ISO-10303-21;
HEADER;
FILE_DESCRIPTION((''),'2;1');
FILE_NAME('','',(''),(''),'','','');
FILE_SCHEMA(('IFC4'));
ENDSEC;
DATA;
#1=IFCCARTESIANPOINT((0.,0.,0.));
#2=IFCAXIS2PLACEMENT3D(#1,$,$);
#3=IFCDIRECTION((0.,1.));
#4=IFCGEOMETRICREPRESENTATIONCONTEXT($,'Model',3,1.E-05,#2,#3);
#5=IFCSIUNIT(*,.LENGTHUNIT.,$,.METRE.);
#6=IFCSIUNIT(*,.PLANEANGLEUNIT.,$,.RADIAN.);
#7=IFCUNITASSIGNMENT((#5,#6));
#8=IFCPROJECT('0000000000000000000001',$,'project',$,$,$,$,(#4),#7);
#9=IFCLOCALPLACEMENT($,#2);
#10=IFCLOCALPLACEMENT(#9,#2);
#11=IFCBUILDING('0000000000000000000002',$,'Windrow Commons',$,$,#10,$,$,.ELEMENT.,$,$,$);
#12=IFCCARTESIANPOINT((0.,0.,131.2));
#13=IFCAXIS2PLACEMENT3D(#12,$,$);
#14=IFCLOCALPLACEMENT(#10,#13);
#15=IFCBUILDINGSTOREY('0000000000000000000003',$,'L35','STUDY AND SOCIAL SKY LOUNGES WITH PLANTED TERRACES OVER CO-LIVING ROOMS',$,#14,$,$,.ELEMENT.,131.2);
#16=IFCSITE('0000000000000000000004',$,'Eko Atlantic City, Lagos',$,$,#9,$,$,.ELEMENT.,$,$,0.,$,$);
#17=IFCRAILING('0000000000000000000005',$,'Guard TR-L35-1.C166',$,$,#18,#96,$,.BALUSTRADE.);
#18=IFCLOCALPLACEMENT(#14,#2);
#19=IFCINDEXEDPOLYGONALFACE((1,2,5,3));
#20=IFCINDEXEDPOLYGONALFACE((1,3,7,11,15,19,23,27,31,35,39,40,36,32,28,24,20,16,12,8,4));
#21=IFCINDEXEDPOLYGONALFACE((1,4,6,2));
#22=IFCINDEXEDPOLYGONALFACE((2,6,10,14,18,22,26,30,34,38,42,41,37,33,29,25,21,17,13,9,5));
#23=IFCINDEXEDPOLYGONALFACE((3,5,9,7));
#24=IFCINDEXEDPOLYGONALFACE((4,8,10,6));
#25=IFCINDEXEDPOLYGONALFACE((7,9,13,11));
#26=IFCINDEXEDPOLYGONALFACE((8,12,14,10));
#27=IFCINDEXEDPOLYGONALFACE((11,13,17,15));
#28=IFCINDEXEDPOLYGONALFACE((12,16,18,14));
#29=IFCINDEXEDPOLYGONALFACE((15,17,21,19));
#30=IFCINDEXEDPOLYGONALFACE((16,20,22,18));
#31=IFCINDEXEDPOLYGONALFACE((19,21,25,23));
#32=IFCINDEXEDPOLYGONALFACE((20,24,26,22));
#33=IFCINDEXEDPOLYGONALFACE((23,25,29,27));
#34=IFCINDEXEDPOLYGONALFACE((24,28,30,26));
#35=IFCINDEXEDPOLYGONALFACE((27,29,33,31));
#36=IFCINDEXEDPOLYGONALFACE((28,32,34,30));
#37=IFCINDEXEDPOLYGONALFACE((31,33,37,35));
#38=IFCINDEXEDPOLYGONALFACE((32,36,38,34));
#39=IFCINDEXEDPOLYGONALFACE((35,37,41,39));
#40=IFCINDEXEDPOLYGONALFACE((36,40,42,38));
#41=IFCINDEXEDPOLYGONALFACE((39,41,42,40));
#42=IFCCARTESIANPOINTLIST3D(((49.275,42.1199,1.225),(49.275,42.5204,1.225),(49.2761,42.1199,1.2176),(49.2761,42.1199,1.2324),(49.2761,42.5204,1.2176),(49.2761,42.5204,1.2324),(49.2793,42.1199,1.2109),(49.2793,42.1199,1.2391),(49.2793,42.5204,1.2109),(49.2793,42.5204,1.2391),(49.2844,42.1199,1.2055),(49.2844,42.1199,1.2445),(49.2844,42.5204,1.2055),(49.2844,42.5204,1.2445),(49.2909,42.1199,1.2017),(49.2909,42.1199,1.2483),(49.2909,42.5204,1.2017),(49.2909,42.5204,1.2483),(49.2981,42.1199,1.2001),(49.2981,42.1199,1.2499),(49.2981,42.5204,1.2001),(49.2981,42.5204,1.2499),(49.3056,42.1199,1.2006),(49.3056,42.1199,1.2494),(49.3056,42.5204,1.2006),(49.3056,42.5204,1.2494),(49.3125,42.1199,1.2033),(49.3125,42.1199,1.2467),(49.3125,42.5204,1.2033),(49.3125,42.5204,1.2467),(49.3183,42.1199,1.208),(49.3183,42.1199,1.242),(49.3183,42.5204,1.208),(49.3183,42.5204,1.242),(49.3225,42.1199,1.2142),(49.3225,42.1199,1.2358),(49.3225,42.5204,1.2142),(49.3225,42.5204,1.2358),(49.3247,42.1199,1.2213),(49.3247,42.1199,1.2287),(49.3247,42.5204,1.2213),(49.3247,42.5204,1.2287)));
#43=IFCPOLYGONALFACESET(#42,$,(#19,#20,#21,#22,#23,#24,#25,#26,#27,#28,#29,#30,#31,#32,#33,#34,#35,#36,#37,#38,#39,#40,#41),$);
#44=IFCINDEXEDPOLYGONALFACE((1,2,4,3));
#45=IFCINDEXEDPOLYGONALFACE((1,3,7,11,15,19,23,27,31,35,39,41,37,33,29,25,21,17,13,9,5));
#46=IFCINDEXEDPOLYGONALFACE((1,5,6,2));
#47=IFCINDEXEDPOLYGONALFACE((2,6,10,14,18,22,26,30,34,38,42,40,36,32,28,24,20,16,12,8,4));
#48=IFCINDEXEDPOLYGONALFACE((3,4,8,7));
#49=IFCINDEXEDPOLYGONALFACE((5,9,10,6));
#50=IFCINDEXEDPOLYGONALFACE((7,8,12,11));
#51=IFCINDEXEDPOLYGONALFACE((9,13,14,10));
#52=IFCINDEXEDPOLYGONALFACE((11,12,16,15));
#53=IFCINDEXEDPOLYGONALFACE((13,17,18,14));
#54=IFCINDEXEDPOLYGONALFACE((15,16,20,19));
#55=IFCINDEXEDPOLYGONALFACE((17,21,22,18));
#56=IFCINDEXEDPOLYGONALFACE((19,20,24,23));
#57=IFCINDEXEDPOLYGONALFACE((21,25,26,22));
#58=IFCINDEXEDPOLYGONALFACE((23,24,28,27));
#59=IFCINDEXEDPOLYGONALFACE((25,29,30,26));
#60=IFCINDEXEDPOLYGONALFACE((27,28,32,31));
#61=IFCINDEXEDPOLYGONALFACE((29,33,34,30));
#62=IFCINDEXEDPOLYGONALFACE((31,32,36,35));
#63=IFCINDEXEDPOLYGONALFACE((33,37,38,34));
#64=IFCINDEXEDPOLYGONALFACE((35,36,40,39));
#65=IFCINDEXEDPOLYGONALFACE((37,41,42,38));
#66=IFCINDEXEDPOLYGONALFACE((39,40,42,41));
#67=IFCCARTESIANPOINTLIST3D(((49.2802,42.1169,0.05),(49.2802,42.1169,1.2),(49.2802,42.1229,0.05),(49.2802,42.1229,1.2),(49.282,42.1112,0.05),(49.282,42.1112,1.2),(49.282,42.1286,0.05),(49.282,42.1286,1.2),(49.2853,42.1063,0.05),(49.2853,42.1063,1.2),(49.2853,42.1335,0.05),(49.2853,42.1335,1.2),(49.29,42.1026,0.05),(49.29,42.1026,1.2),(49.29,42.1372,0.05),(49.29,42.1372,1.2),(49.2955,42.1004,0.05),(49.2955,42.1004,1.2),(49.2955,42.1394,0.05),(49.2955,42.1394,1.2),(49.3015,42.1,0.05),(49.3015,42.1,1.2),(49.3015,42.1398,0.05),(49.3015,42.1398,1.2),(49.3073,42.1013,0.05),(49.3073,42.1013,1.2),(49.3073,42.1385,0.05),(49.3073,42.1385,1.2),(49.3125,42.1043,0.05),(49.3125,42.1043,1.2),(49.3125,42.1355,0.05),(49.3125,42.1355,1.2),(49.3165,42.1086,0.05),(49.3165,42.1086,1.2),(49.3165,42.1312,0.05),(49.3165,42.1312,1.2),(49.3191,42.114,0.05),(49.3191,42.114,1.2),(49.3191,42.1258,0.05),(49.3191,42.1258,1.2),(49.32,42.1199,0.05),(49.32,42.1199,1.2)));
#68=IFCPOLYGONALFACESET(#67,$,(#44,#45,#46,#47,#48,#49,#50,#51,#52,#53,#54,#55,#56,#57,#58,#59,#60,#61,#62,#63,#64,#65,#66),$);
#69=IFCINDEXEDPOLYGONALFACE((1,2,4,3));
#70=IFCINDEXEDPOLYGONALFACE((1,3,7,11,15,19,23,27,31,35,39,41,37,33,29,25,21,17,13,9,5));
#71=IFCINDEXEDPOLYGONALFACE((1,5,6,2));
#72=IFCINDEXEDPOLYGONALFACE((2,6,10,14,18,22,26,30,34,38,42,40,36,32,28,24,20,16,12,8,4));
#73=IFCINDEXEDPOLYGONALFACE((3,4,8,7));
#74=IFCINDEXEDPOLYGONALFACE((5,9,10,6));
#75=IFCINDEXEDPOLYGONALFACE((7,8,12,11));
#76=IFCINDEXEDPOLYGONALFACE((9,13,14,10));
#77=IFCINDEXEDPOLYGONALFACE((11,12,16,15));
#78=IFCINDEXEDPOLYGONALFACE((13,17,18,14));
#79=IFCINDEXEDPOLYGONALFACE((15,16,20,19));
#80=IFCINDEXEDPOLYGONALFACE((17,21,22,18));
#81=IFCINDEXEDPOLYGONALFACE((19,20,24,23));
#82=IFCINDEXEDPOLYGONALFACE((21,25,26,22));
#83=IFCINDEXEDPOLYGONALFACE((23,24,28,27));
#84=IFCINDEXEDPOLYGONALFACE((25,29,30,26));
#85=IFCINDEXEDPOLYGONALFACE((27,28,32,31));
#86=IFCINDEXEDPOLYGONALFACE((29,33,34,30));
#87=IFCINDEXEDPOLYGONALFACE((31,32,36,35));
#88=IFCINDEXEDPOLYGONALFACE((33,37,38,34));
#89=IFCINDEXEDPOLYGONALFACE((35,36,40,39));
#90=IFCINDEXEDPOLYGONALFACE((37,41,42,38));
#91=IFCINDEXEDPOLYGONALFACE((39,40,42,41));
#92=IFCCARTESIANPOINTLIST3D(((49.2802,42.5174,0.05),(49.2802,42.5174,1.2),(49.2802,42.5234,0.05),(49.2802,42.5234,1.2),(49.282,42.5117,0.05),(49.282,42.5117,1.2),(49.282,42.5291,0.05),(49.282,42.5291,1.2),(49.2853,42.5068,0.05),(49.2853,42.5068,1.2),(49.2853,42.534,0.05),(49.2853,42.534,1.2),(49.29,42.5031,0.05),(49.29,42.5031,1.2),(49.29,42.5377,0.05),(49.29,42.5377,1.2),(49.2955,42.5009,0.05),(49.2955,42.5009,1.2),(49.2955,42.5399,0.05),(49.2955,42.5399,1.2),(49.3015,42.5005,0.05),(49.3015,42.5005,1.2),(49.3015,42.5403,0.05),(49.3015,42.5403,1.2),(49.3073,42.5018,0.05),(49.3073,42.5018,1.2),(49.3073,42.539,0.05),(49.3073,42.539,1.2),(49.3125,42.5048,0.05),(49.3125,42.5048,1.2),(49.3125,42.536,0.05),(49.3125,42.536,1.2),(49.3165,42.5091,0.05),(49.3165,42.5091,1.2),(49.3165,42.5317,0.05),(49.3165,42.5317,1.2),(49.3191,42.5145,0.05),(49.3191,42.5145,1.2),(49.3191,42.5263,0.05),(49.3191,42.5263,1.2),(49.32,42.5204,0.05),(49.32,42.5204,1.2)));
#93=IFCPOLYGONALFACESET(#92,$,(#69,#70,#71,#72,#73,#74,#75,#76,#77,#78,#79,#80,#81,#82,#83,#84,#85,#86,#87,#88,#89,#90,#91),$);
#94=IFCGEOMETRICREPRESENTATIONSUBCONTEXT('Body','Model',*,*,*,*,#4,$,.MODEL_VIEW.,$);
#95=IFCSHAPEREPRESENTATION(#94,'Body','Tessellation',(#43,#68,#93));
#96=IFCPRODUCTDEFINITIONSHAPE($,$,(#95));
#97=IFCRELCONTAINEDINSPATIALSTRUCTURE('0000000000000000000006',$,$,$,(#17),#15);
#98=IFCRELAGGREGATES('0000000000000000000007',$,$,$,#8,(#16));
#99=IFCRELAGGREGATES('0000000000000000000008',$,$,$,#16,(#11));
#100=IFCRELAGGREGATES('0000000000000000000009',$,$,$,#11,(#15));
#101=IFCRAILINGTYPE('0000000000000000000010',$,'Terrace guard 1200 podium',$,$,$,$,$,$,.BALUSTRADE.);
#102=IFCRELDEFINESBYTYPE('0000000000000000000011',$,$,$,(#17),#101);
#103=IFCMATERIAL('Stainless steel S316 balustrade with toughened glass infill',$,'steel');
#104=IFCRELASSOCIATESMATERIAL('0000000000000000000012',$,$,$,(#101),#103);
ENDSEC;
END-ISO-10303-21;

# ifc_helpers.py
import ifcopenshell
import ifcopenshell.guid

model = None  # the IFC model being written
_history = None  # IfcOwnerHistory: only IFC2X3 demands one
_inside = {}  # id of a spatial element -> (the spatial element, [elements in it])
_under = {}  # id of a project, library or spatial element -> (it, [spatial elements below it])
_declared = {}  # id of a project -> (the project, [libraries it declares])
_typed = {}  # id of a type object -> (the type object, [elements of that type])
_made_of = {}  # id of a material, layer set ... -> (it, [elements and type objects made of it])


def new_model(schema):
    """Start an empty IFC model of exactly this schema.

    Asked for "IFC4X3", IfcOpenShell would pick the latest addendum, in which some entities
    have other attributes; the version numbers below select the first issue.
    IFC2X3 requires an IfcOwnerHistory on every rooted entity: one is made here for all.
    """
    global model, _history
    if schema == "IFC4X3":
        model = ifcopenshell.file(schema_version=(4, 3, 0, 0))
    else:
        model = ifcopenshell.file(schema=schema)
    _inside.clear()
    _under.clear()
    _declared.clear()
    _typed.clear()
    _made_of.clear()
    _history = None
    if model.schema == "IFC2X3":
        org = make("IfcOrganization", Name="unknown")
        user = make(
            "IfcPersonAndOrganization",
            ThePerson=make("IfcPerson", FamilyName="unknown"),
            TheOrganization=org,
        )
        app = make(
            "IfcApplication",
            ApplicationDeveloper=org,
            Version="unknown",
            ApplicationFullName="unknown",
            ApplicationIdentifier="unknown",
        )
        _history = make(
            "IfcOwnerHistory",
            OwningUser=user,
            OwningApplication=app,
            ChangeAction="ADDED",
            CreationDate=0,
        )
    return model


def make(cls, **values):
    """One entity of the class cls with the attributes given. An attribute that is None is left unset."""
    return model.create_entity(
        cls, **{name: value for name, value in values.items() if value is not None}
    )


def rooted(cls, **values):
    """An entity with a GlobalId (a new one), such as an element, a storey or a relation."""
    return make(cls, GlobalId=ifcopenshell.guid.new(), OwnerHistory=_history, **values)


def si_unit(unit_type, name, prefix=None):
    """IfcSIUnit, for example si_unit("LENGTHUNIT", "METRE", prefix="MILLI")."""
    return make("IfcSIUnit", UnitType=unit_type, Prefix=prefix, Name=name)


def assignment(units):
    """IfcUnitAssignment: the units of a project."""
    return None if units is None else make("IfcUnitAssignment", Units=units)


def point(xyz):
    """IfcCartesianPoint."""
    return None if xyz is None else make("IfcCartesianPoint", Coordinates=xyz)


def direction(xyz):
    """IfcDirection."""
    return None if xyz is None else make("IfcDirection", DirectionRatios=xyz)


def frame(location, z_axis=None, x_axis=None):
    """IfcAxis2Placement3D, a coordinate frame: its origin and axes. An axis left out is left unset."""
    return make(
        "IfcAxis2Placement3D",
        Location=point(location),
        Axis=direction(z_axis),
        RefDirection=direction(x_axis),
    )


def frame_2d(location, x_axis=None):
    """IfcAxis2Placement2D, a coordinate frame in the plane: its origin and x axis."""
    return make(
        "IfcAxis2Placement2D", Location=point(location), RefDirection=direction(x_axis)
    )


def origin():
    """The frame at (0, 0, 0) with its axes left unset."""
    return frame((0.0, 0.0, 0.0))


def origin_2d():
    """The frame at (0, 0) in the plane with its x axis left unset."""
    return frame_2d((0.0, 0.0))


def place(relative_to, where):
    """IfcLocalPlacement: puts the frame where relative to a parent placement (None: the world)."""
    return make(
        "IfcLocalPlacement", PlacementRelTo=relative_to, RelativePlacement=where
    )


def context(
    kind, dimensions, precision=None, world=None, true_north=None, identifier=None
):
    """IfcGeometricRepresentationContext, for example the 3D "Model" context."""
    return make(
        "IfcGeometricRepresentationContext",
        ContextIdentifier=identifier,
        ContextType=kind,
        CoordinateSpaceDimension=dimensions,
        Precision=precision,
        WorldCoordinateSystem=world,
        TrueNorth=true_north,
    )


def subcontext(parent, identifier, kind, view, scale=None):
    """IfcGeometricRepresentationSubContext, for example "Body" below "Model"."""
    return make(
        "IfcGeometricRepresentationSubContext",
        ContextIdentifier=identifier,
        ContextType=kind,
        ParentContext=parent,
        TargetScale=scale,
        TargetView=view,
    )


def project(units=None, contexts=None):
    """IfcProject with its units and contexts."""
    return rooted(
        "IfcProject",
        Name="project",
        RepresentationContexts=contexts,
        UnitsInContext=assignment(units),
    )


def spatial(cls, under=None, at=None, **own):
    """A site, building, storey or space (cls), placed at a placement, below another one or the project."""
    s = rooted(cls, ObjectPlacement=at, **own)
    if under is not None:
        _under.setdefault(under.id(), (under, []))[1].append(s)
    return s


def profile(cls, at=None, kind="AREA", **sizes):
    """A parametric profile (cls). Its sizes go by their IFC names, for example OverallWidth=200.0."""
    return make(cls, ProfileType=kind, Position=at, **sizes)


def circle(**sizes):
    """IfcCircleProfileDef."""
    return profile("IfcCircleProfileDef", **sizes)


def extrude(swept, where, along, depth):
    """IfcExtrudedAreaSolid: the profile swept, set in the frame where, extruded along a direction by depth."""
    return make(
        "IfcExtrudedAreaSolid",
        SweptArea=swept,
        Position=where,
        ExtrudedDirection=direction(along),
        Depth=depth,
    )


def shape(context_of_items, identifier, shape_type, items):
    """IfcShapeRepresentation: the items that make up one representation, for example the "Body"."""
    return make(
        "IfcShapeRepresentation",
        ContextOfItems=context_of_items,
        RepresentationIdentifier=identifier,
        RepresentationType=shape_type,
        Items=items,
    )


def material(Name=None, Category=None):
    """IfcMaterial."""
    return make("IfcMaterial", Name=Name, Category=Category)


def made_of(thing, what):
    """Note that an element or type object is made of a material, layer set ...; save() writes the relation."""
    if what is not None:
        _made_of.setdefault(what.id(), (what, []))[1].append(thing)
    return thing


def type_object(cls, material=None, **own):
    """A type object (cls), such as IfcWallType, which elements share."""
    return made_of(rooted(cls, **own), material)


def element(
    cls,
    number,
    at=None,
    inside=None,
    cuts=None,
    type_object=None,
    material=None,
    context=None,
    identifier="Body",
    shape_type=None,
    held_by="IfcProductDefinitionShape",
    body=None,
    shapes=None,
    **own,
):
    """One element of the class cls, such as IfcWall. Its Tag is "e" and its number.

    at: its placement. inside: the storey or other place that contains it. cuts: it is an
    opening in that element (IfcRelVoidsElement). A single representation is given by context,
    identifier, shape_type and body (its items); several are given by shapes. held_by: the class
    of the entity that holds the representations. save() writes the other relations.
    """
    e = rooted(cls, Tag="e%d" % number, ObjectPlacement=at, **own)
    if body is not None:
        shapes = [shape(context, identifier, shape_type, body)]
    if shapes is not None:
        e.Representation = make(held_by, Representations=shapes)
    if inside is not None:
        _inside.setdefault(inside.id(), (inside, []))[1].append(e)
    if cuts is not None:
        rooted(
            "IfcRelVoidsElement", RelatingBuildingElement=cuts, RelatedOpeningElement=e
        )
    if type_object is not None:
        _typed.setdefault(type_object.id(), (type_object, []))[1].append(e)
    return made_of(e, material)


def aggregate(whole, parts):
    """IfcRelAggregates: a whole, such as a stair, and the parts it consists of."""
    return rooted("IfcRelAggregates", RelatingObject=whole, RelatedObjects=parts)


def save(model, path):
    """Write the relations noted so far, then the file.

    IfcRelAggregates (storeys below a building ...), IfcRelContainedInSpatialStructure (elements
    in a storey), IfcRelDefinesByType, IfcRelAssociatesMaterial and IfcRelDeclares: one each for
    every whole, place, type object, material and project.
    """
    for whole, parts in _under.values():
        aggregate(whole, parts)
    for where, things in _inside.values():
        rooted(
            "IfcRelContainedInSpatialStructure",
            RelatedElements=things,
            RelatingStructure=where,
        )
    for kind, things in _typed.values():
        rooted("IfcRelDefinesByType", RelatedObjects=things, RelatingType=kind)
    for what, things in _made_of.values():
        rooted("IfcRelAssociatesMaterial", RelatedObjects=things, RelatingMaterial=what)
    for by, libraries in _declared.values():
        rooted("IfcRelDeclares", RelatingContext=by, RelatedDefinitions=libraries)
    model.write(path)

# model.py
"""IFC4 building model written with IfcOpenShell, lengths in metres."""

from ifc_helpers import new_model, si_unit, direction, frame, origin, origin_2d, place, context, subcontext, project, spatial, circle, extrude, material, type_object, element, save


model = new_model("IFC4")

# Units and contexts
model_context = context("Model", 3, precision=1e-05, world=origin(), true_north=direction((0.0, 1.0)))
body_context = subcontext(model_context, "Body", "Model", "MODEL_VIEW")
ifc_project = project(units=[si_unit("LENGTHUNIT", "METRE"), si_unit("PLANEANGLEUNIT", "RADIAN")], contexts=[model_context])

# Site, building, storey
site_placement = place(None, origin())
site = spatial("IfcSite", under=ifc_project, at=site_placement, Name="Eko Atlantic City, Lagos", CompositionType="ELEMENT", RefElevation=0.0)
building_placement = place(site_placement, origin())
building = spatial("IfcBuilding", under=site, at=building_placement, Name="Windrow Commons", CompositionType="ELEMENT")
storey_placement = place(building_placement, frame((0.0, 0.0, 131.2)))
storey = spatial("IfcBuildingStorey", under=building, at=storey_placement, Name="L35", Description="STUDY AND SOCIAL SKY LOUNGES WITH PLANTED TERRACES OVER CO-LIVING ROOMS", CompositionType="ELEMENT", Elevation=131.2)

# Railing
ifc_material_1 = material(Name="Stainless steel S316 balustrade with toughened glass infill", Category="steel")
railing_type = type_object("IfcRailingType", Name="Terrace guard 1200 podium", PredefinedType="BALUSTRADE", material=ifc_material_1)
railing_1_placement = place(storey_placement, frame((49.3, 42.1199, 0.05)))
element("IfcRailing", 1, at=railing_1_placement, inside=storey, type_object=railing_type, Name="Guard TR-L35-1.C166", PredefinedType="BALUSTRADE", context=body_context, shape_type="SweptSolid", body=[
    extrude(circle(Radius=0.025, at=origin_2d()), frame((0.0, 0.0, 1.175), z_axis=(0.0, 1.0, 0.0), x_axis=(-1.0, 0.0, 0.0)), (0.0, 0.0, 1.0), 0.4005),
    extrude(circle(Radius=0.02, at=origin_2d()), origin(), (0.0, 0.0, 1.0), 1.15),
    extrude(circle(Radius=0.02, at=origin_2d()), frame((0.0, 0.4005, 0.0)), (0.0, 0.0, 1.0), 1.15),
])

save(model, "model.ifc")
